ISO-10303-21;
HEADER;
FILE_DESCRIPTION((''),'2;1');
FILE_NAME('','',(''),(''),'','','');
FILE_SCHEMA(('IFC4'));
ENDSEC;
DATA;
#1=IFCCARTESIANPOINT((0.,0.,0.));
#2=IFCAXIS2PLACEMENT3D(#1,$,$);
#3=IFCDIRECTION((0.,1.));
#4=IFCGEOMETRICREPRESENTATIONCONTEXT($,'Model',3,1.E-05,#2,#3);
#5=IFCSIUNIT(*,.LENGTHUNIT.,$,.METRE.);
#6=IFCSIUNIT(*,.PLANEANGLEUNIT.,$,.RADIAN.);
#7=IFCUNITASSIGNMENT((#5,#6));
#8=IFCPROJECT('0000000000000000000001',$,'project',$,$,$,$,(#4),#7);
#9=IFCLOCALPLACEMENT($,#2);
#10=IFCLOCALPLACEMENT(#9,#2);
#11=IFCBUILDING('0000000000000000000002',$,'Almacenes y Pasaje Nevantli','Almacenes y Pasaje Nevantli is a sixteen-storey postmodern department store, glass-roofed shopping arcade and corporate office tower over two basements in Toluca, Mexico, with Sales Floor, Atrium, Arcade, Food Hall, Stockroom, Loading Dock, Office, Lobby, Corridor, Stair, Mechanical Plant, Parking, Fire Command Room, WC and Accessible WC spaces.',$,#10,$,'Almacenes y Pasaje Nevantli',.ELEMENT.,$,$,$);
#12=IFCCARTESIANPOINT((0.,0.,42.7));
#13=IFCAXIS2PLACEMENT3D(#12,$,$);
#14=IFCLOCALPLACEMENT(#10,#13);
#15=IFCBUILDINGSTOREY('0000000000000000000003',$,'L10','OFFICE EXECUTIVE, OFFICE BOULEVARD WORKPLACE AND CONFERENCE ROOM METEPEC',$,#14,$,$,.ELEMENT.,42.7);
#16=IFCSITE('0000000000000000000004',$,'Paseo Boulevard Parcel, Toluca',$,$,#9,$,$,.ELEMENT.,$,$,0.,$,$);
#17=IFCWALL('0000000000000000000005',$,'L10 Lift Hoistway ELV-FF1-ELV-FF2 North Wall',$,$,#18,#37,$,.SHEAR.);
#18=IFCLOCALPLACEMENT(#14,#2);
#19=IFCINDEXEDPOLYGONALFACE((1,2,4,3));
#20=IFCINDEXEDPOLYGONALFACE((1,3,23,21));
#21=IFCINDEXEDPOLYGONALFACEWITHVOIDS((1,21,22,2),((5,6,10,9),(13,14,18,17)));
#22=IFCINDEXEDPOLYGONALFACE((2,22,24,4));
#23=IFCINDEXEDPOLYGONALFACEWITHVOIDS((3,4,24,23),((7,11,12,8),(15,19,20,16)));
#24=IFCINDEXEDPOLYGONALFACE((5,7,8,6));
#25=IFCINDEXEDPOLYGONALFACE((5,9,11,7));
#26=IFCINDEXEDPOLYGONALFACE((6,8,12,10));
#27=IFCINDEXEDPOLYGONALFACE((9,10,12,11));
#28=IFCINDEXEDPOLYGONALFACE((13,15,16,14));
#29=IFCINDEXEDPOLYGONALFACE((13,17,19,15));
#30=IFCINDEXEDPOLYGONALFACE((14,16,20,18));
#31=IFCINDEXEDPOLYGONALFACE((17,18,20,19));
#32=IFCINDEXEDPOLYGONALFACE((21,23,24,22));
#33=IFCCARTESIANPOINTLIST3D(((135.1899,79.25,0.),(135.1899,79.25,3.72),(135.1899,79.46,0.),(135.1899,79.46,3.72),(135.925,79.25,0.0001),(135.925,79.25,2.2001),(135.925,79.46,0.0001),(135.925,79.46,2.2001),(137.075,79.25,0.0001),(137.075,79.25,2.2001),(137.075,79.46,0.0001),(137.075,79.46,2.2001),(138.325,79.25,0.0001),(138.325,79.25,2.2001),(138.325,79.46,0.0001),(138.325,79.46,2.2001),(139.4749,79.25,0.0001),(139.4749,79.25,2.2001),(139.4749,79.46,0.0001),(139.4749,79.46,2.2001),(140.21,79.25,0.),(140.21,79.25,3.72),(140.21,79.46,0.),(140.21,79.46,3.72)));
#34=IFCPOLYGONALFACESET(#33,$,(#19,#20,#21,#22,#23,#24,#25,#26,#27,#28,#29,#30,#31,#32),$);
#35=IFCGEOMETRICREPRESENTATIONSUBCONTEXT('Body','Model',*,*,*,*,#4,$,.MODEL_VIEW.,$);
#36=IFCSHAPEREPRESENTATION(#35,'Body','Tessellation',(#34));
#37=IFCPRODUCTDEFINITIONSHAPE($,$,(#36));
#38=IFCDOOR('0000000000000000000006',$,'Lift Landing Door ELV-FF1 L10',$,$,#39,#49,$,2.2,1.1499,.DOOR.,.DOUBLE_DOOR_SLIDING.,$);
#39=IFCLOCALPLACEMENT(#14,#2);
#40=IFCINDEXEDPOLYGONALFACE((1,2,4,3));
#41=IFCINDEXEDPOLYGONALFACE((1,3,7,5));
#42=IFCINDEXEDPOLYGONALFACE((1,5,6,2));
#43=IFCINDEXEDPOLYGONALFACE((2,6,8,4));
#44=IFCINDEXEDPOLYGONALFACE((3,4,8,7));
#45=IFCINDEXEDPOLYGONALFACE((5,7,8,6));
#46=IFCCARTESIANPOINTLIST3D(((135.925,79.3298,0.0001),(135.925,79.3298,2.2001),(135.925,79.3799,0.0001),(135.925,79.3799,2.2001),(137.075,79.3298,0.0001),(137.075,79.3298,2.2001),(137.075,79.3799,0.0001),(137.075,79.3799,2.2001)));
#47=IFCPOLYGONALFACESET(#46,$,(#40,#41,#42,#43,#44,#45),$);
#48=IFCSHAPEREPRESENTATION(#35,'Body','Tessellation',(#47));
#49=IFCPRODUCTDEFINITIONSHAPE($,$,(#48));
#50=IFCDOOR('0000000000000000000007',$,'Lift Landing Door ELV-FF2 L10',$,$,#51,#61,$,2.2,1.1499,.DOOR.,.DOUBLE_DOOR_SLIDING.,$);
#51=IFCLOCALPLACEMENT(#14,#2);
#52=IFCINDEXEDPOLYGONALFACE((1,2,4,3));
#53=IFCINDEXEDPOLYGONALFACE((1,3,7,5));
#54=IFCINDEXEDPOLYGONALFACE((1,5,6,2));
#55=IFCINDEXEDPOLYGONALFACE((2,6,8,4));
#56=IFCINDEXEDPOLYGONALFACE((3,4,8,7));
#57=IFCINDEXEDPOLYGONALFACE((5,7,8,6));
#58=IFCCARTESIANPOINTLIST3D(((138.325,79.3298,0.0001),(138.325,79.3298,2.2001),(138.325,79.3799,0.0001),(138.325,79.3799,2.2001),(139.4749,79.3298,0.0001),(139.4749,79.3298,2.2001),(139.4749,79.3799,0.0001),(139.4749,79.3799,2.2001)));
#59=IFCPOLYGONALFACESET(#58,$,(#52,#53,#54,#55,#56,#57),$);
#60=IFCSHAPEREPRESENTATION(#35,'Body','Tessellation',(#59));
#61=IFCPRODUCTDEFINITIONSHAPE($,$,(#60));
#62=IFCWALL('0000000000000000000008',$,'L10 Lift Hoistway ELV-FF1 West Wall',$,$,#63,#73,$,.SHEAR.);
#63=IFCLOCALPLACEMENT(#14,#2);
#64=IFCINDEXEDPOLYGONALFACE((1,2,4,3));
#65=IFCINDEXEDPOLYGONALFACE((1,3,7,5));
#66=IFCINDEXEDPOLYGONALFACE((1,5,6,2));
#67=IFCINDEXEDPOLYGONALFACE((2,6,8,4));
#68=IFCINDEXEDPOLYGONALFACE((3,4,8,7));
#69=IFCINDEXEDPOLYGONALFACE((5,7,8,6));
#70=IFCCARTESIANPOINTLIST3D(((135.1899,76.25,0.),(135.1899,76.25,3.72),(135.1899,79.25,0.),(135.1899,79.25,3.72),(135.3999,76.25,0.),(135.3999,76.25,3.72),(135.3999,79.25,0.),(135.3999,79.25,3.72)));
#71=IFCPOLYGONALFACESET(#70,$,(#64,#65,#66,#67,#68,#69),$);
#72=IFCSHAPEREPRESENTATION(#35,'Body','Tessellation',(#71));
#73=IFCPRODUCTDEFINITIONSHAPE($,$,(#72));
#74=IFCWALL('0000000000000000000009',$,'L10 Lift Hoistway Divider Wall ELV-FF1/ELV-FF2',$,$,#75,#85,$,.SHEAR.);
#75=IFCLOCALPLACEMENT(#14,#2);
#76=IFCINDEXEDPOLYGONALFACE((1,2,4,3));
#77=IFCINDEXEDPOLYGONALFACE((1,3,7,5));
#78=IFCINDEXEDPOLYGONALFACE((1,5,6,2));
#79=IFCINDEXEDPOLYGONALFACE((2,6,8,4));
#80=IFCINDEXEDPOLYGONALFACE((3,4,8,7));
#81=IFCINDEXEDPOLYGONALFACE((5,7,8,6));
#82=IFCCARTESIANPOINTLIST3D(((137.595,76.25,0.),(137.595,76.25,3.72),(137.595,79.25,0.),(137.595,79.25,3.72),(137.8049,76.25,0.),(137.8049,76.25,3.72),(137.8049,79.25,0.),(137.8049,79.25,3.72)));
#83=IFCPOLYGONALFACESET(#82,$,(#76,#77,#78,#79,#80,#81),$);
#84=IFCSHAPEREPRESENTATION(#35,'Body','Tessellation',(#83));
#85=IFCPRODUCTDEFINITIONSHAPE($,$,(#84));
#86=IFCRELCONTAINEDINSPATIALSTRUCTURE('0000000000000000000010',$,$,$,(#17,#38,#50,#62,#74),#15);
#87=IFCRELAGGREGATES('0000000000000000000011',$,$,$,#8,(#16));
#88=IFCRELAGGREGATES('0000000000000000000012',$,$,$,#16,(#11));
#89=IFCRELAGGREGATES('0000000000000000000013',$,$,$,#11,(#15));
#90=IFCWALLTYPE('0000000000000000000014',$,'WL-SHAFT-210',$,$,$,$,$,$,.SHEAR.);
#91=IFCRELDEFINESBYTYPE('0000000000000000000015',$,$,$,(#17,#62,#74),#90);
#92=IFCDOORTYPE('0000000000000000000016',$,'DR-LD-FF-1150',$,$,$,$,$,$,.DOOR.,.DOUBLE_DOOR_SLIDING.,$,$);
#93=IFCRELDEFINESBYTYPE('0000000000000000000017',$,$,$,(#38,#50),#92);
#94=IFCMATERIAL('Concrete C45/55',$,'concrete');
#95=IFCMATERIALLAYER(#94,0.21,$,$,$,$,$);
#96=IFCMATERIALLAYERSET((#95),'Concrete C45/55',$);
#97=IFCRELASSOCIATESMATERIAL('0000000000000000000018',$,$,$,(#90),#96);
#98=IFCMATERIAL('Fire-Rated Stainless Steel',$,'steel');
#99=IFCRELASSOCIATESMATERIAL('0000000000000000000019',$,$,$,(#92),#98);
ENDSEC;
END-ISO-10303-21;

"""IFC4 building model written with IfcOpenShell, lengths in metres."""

from ifc_helpers import new_model, si_unit, direction, frame, frame_2d, origin, place, context, subcontext, project, spatial, rectangle, extrude, material, layer, layer_set, type_object, element, fill, save


model = new_model("IFC4")

# Units and contexts
model_context = context("Model", 3, precision=1e-05, world=origin(), true_north=direction((0.0, 1.0)))
body_context = subcontext(model_context, "Body", "Model", "MODEL_VIEW")
ifc_project = project(units=[si_unit("LENGTHUNIT", "METRE"), si_unit("PLANEANGLEUNIT", "RADIAN")], contexts=[model_context])

# Site, building, storey
site_placement = place(None, origin())
site = spatial("IfcSite", under=ifc_project, at=site_placement, Name="Paseo Boulevard Parcel, Toluca", CompositionType="ELEMENT", RefElevation=0.0)
building_placement = place(site_placement, origin())
building = spatial("IfcBuilding", under=site, at=building_placement, Name="Almacenes y Pasaje Nevantli", Description="Almacenes y Pasaje Nevantli is a sixteen-storey postmodern department store, glass-roofed shopping arcade and corporate office tower over two basements in Toluca, Mexico, with Sales Floor, Atrium, Arcade, Food Hall, Stockroom, Loading Dock, Office, Lobby, Corridor, Stair, Mechanical Plant, Parking, Fire Command Room, WC and Accessible WC spaces.", LongName="Almacenes y Pasaje Nevantli", CompositionType="ELEMENT")
storey_placement = place(building_placement, frame((0.0, 0.0, 42.7)))
storey = spatial("IfcBuildingStorey", under=building, at=storey_placement, Name="L10", Description="OFFICE EXECUTIVE, OFFICE BOULEVARD WORKPLACE AND CONFERENCE ROOM METEPEC", CompositionType="ELEMENT", Elevation=42.7)

# Shared definitions
ifc_material_1 = material(Name="Concrete C45/55", Category="concrete")
ifc_layer_1 = layer(ifc_material_1, 0.21)
ifc_layer_set_1 = layer_set([ifc_layer_1], Name="Concrete C45/55")
wall_type_1 = type_object("IfcWallType", Name="WL-SHAFT-210", PredefinedType="SHEAR", material=ifc_layer_set_1)

# Wall, openings, doors
wall_1_placement = place(storey_placement, frame((135.1899, 79.355, 0.0), z_axis=(0.0, 0.0, 1.0), x_axis=(1.0, 0.0, 0.0)))
wall_1 = element("IfcWall", 1, at=wall_1_placement, inside=storey, type_object=wall_type_1, Name="L10 Lift Hoistway ELV-FF1-ELV-FF2 North Wall", PredefinedType="SHEAR", context=body_context, shape_type="SweptSolid", body=[
    extrude(rectangle(XDim=5.02, YDim=0.21, at=frame_2d((2.51, 0.0))), origin(), (0.0, 0.0, 1.0), 3.72),
])
opening_1_placement = place(wall_1_placement, frame((0.7351, 0.0, 0.0)))
opening_1 = element("IfcOpeningElement", 2, at=opening_1_placement, cuts=wall_1, PredefinedType="OPENING", context=body_context, shape_type="SweptSolid", body=[
    extrude(rectangle(XDim=1.1499, YDim=2.2, at=frame_2d((0.575, 1.1001))), frame((0.0, 0.115, 0.0), z_axis=(0.0, -1.0, 0.0), x_axis=(1.0, 0.0, 0.0)), (0.0, 0.0, 1.0), 0.23),
])
opening_2_placement = place(wall_1_placement, frame((3.135, 0.0, 0.0)))
opening_2 = element("IfcOpeningElement", 3, at=opening_2_placement, cuts=wall_1, PredefinedType="OPENING", context=body_context, shape_type="SweptSolid", body=[
    extrude(rectangle(XDim=1.1499, YDim=2.2, at=frame_2d((0.575, 1.1001))), frame((0.0, 0.115, 0.0), z_axis=(0.0, -1.0, 0.0), x_axis=(1.0, 0.0, 0.0)), (0.0, 0.0, 1.0), 0.23),
])
ifc_material_2 = material(Name="Fire-Rated Stainless Steel", Category="steel")
door_type = type_object("IfcDoorType", Name="DR-LD-FF-1150", OperationType="DOUBLE_DOOR_SLIDING", PredefinedType="DOOR", material=ifc_material_2)
door_1_placement = place(opening_1_placement, origin())
door_1 = element("IfcDoor", 4, at=door_1_placement, inside=storey, type_object=door_type, Name="Lift Landing Door ELV-FF1 L10", OperationType="DOUBLE_DOOR_SLIDING", OverallHeight=2.2, OverallWidth=1.1499, PredefinedType="DOOR", context=body_context, shape_type="SweptSolid", body=[
    extrude(rectangle(XDim=1.1499, YDim=2.2, at=frame_2d((0.575, 1.1001))), frame((0.0, 0.0249, 0.0), z_axis=(0.0, -1.0, 0.0), x_axis=(1.0, 0.0, 0.0)), (0.0, 0.0, 1.0), 0.05),
])
fill(opening_1, door_1)
door_2_placement = place(opening_2_placement, origin())
door_2 = element("IfcDoor", 5, at=door_2_placement, inside=storey, type_object=door_type, Name="Lift Landing Door ELV-FF2 L10", OperationType="DOUBLE_DOOR_SLIDING", OverallHeight=2.2, OverallWidth=1.1499, PredefinedType="DOOR", context=body_context, shape_type="SweptSolid", body=[
    extrude(rectangle(XDim=1.1499, YDim=2.2, at=frame_2d((0.575, 1.1001))), frame((0.0, 0.0249, 0.0), z_axis=(0.0, -1.0, 0.0), x_axis=(1.0, 0.0, 0.0)), (0.0, 0.0, 1.0), 0.05),
])
fill(opening_2, door_2)

# Walls
for number, where, z_axis, x_axis, name in (
    (6, (135.2949, 76.25, 0.0), (0.0, 0.0, 1.0), (0.0, 1.0, 0.0), "L10 Lift Hoistway ELV-FF1 West Wall"),
    (7, (137.7, 76.25, 0.0), (0.0, 0.0, 1.0), (0.0, 1.0, 0.0), "L10 Lift Hoistway Divider Wall ELV-FF1/ELV-FF2"),
):
    element("IfcWall", number, at=place(storey_placement, frame(where, z_axis=z_axis, x_axis=x_axis)), inside=storey, type_object=wall_type_1, Name=name, PredefinedType="SHEAR", context=body_context, shape_type="SweptSolid", body=[
        extrude(rectangle(XDim=3.0, YDim=0.21, at=frame_2d((1.5, 0.0))), origin(), (0.0, 0.0, 1.0), 3.72),
    ])

save(model, "model.ifc")
